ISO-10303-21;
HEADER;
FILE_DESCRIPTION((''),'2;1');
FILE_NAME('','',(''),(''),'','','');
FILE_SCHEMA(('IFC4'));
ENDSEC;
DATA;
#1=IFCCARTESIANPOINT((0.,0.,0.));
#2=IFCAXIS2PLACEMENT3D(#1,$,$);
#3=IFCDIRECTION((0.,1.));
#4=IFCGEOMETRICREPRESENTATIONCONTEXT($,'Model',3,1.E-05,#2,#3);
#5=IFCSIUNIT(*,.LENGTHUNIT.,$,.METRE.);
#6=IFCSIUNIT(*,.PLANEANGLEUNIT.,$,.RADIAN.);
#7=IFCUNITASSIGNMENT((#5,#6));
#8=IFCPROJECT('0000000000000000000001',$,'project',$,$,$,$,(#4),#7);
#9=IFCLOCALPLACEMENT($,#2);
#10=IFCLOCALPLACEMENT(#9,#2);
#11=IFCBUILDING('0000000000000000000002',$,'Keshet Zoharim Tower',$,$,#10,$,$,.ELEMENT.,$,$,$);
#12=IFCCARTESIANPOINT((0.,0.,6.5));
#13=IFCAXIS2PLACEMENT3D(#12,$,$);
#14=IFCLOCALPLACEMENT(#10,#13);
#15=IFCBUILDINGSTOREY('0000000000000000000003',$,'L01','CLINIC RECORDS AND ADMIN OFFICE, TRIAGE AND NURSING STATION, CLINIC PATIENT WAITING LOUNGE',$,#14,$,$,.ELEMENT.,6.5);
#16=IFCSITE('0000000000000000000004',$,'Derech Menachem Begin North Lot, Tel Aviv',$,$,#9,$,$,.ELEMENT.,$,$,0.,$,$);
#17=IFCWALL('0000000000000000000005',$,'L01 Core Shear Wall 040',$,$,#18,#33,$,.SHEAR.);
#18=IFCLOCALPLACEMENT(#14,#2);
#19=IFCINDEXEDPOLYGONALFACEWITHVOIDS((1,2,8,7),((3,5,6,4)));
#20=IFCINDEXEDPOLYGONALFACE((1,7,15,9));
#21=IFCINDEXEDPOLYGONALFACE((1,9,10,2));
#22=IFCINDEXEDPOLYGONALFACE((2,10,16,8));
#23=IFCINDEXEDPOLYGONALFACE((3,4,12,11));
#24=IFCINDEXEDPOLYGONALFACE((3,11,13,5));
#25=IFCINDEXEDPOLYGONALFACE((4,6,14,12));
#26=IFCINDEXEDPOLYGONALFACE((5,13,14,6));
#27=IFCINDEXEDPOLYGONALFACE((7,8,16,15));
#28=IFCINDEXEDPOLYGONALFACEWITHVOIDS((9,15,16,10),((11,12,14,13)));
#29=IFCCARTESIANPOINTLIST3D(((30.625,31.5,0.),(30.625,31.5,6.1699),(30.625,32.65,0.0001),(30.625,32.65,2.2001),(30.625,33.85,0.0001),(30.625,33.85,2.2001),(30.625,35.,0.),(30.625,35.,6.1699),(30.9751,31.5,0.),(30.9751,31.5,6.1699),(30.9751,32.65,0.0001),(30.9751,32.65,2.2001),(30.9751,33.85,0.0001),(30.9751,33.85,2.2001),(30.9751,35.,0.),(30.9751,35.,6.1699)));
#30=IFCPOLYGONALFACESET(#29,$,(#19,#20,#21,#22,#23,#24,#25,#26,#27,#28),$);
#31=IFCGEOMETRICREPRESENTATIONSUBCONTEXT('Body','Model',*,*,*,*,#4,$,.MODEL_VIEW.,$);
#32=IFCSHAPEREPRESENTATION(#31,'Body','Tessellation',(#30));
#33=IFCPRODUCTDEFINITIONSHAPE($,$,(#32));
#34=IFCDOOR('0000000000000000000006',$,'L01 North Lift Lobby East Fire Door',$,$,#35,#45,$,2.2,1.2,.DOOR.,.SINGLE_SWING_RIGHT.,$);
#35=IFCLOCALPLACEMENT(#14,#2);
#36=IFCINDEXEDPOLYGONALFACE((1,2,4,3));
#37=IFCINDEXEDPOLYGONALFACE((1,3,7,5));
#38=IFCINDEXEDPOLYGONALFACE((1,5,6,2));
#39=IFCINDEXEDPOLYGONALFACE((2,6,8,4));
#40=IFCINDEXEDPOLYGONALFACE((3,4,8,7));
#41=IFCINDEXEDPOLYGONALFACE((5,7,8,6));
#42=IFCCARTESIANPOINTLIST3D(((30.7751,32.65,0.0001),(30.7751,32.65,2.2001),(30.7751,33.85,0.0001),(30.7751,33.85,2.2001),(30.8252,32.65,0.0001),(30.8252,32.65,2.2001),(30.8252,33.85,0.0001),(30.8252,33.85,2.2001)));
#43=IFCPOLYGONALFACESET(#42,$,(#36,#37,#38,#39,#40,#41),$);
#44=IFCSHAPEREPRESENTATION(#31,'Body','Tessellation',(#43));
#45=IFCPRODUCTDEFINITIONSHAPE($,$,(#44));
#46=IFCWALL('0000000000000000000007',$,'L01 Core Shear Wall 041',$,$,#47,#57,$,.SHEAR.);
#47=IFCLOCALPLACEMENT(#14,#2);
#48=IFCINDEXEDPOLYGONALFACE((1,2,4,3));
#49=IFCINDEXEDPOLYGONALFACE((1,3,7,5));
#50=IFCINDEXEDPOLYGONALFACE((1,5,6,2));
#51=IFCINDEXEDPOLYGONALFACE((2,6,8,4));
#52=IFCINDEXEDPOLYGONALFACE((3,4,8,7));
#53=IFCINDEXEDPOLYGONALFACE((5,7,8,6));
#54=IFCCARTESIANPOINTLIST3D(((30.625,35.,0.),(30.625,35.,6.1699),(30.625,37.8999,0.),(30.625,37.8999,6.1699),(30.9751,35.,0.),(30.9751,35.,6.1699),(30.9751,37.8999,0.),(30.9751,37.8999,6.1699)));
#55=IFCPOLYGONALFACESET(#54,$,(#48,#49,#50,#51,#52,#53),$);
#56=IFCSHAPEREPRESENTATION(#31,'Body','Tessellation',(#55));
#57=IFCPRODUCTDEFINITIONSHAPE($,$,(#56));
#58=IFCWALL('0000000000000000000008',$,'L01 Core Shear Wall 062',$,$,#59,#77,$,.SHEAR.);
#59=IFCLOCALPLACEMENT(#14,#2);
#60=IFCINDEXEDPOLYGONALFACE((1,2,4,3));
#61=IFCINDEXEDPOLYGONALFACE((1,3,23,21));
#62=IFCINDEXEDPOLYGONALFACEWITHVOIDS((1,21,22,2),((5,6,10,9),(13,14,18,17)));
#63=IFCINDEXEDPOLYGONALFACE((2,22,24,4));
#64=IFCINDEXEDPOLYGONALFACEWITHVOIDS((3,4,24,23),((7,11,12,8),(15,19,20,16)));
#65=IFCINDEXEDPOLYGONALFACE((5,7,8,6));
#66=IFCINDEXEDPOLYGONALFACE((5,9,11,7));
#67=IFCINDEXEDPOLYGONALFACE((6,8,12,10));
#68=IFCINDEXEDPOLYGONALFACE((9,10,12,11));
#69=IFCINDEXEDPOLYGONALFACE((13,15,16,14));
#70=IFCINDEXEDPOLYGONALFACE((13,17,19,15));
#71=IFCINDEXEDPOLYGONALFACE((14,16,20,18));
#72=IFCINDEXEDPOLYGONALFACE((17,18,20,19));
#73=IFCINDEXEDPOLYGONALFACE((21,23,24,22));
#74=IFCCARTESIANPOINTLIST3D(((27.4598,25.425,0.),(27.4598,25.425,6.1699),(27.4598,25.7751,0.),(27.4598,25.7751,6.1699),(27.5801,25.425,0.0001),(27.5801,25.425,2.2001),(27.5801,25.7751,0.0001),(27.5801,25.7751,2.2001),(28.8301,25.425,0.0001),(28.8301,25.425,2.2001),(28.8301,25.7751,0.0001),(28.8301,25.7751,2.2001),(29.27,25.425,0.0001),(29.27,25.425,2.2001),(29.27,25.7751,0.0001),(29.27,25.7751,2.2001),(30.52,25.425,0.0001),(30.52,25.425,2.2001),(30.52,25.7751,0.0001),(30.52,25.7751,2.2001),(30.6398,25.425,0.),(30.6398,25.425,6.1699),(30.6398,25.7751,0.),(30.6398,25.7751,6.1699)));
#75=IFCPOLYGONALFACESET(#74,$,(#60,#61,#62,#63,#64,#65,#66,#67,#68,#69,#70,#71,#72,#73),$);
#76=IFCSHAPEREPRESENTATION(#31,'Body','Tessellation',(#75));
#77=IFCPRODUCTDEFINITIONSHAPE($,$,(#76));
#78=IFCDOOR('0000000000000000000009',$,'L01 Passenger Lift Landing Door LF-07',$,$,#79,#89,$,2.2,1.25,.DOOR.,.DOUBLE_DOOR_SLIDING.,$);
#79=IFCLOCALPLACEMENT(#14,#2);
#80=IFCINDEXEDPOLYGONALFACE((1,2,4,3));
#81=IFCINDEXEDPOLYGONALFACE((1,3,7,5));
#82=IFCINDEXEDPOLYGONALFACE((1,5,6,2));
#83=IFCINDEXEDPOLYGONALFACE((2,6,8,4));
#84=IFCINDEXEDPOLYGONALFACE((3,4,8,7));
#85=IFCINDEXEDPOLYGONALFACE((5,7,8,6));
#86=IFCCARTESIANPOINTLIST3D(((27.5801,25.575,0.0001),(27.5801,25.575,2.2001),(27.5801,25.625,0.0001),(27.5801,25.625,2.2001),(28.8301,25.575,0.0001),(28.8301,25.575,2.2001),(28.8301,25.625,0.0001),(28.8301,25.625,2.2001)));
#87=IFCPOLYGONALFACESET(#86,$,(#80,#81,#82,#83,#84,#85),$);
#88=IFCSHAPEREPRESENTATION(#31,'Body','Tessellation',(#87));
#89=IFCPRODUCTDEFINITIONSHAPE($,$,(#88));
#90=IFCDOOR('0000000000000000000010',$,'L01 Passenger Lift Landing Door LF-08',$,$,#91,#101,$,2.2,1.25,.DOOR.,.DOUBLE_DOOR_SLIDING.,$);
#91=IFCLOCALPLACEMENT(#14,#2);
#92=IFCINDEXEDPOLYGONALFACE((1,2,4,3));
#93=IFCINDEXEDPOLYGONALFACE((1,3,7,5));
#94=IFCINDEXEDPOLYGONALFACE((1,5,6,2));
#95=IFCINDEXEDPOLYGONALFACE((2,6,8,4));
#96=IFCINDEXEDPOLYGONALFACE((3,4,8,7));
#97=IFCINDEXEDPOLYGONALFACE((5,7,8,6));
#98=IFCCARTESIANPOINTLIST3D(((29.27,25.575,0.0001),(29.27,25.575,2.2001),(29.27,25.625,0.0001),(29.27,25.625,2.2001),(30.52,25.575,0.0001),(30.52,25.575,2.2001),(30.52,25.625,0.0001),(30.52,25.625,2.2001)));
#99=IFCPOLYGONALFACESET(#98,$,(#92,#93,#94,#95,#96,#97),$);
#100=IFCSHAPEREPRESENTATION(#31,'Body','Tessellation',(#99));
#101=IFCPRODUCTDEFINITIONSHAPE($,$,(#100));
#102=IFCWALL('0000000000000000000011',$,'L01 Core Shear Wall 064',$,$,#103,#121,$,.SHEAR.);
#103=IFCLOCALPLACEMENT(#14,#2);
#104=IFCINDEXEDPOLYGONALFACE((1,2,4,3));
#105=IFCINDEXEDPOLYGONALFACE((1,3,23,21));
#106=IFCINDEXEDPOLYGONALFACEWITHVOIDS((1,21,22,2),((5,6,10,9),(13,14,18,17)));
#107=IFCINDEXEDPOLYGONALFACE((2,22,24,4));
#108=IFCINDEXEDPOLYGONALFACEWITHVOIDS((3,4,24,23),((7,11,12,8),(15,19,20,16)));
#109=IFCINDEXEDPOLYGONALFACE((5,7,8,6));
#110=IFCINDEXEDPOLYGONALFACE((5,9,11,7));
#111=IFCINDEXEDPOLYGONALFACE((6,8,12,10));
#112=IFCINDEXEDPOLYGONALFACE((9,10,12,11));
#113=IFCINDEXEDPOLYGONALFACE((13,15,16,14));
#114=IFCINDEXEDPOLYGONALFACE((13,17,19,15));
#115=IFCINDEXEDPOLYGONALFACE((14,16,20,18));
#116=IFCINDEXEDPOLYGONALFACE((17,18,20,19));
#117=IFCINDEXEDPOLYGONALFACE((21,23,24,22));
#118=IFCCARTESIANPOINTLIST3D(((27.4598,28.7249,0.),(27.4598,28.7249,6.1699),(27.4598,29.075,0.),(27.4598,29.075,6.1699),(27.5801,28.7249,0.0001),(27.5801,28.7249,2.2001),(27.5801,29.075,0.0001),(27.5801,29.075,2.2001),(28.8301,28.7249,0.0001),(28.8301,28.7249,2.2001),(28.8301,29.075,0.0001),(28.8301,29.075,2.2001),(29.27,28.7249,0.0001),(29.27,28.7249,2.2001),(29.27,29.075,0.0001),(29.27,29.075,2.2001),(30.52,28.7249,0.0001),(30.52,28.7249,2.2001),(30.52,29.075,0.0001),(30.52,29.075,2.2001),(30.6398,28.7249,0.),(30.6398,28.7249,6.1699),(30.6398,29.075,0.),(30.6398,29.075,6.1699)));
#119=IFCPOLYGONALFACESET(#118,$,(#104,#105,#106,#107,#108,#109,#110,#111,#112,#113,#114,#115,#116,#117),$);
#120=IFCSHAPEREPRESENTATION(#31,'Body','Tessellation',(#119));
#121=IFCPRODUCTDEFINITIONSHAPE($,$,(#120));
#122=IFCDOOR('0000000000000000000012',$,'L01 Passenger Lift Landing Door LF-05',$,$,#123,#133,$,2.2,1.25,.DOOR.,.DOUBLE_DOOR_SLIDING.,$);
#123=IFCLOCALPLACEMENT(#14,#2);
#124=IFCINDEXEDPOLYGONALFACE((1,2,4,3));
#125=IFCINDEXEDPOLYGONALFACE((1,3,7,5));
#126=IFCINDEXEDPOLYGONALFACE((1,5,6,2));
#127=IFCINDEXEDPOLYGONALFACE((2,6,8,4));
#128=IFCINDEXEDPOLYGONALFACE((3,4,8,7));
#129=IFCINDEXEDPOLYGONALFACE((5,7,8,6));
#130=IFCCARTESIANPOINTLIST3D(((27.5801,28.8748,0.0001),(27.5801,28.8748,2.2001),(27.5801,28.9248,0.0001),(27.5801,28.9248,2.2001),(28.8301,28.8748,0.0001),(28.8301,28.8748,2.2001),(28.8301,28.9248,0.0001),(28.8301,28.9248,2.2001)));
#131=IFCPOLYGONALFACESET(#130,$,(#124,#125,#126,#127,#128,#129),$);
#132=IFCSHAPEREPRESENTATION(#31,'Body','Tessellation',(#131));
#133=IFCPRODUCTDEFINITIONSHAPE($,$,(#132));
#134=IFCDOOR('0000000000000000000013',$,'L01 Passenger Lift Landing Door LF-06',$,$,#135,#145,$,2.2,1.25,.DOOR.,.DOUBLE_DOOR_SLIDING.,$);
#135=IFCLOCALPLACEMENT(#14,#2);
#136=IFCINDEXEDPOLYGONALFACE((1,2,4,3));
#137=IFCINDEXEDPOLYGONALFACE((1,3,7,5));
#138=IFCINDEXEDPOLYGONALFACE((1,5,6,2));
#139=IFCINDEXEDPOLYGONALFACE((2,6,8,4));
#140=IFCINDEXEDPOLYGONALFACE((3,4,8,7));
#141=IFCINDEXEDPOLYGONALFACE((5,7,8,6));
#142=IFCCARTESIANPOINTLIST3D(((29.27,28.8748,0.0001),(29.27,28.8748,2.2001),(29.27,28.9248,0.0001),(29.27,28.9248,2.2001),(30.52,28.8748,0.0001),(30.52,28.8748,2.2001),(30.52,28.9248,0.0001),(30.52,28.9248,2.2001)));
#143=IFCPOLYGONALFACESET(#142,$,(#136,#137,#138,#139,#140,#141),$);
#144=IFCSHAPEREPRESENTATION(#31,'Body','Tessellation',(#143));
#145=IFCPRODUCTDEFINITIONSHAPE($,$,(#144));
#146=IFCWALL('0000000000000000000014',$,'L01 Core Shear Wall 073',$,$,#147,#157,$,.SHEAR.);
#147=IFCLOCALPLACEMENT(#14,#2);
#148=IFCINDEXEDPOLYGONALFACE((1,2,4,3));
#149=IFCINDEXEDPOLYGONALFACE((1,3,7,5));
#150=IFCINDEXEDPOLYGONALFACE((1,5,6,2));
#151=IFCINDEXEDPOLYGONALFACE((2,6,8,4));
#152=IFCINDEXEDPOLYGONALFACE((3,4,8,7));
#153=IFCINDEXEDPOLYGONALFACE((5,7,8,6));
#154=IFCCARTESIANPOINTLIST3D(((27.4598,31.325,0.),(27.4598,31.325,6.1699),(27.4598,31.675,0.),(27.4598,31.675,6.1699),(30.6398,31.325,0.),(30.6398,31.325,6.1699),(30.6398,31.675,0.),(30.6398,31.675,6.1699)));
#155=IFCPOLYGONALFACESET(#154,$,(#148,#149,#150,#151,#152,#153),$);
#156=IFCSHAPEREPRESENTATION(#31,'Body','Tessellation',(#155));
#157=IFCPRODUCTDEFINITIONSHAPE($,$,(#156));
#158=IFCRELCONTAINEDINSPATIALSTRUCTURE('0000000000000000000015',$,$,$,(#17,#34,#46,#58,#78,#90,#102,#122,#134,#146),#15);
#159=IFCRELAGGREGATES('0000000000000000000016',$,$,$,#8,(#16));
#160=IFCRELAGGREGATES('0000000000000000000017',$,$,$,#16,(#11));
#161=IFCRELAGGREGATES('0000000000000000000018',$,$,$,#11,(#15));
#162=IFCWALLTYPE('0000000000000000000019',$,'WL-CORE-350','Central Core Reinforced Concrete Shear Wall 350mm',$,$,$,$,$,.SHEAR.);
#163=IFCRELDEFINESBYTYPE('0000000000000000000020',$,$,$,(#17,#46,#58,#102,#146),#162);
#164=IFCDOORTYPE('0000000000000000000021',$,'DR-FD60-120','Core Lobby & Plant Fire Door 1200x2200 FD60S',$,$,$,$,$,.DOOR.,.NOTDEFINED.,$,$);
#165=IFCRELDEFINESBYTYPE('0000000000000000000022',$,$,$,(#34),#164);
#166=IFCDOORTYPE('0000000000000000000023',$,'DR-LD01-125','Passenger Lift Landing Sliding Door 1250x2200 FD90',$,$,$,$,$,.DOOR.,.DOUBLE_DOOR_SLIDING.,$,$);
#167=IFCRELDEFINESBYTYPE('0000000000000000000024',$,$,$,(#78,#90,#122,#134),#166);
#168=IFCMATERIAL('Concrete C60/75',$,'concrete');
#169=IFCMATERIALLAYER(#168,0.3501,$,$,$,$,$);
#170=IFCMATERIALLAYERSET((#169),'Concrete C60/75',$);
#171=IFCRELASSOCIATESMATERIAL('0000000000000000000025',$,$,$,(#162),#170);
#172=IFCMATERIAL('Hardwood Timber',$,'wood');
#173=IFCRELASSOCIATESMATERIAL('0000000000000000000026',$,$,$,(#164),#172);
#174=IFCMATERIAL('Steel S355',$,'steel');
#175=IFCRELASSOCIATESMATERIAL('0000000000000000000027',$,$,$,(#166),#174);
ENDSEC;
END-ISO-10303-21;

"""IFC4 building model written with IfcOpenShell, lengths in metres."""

from ifc_helpers import new_model, si_unit, direction, frame, frame_2d, origin, place, context, subcontext, project, spatial, rectangle, extrude, material, layer, layer_set, type_object, element, fill, save


model = new_model("IFC4")

# Units and contexts
model_context = context("Model", 3, precision=1e-05, world=origin(), true_north=direction((0.0, 1.0)))
body_context = subcontext(model_context, "Body", "Model", "MODEL_VIEW")
ifc_project = project(units=[si_unit("LENGTHUNIT", "METRE"), si_unit("PLANEANGLEUNIT", "RADIAN")], contexts=[model_context])

# Site, building, storey
site_placement = place(None, origin())
site = spatial("IfcSite", under=ifc_project, at=site_placement, Name="Derech Menachem Begin North Lot, Tel Aviv", CompositionType="ELEMENT", RefElevation=0.0)
building_placement = place(site_placement, origin())
building = spatial("IfcBuilding", under=site, at=building_placement, Name="Keshet Zoharim Tower", CompositionType="ELEMENT")
storey_placement = place(building_placement, frame((0.0, 0.0, 6.5)))
storey = spatial("IfcBuildingStorey", under=building, at=storey_placement, Name="L01", Description="CLINIC RECORDS AND ADMIN OFFICE, TRIAGE AND NURSING STATION, CLINIC PATIENT WAITING LOUNGE", CompositionType="ELEMENT", Elevation=6.5)

# Shared definitions
ifc_material_1 = material(Name="Concrete C60/75", Category="concrete")

# Shared definitions
ifc_material_2 = material(Name="Steel S355", Category="steel")

# Shared definitions
ifc_layer_1 = layer(ifc_material_1, 0.3501)
ifc_layer_set_1 = layer_set([ifc_layer_1], Name="Concrete C60/75")
wall_type_1 = type_object("IfcWallType", Name="WL-CORE-350", Description="Central Core Reinforced Concrete Shear Wall 350mm", PredefinedType="SHEAR", material=ifc_layer_set_1)
ifc_material_3 = material(Name="Hardwood Timber", Category="wood")
door_type_1 = type_object("IfcDoorType", Name="DR-FD60-120", Description="Core Lobby & Plant Fire Door 1200x2200 FD60S", OperationType="NOTDEFINED", PredefinedType="DOOR", material=ifc_material_3)

# Wall, opening, door
wall_1_placement = place(storey_placement, frame((30.8, 31.5, 0.0), z_axis=(0.0, 0.0, 1.0), x_axis=(0.0, 1.0, 0.0)))
wall_1 = element("IfcWall", 1, at=wall_1_placement, inside=storey, type_object=wall_type_1, Name="L01 Core Shear Wall 040", PredefinedType="SHEAR", context=body_context, shape_type="SweptSolid", body=[
    extrude(rectangle(XDim=3.5, YDim=0.3501, at=frame_2d((1.75, 0.0))), origin(), (0.0, 0.0, 1.0), 6.1699),
])
opening_1_placement = place(wall_1_placement, frame((1.1499, 0.0, 0.0)))
opening_1 = element("IfcOpeningElement", 2, at=opening_1_placement, cuts=wall_1, PredefinedType="OPENING", context=body_context, shape_type="SweptSolid", body=[
    extrude(rectangle(XDim=1.2, YDim=2.2, at=frame_2d((0.6001, 1.1001))), frame((0.0, 0.1851, 0.0), z_axis=(0.0, -1.0, 0.0), x_axis=(1.0, 0.0, 0.0)), (0.0, 0.0, 1.0), 0.3701),
])
door_1_placement = place(opening_1_placement, origin())
door_1 = element("IfcDoor", 3, at=door_1_placement, inside=storey, type_object=door_type_1, Name="L01 North Lift Lobby East Fire Door", OperationType="SINGLE_SWING_RIGHT", OverallHeight=2.2, OverallWidth=1.2, PredefinedType="DOOR", context=body_context, shape_type="SweptSolid", body=[
    extrude(rectangle(XDim=1.2, YDim=2.2, at=frame_2d((0.6001, 1.1001))), frame((0.0, 0.0249, 0.0), z_axis=(0.0, -1.0, 0.0), x_axis=(1.0, 0.0, 0.0)), (0.0, 0.0, 1.0), 0.05),
])
fill(opening_1, door_1)

# Wall
wall_2_placement = place(storey_placement, frame((30.8, 35.0, 0.0), z_axis=(0.0, 0.0, 1.0), x_axis=(0.0, 1.0, 0.0)))
element("IfcWall", 4, at=wall_2_placement, inside=storey, type_object=wall_type_1, Name="L01 Core Shear Wall 041", PredefinedType="SHEAR", context=body_context, shape_type="SweptSolid", body=[
    extrude(rectangle(XDim=2.8999, YDim=0.3501, at=frame_2d((1.45, 0.0))), origin(), (0.0, 0.0, 1.0), 6.1699),
])

# Walls, openings, doors
wall_3_placement = place(storey_placement, frame((27.46, 25.6001, 0.0), z_axis=(0.0, 0.0, 1.0), x_axis=(1.0, 0.0, 0.0)))
wall_3 = element("IfcWall", 5, at=wall_3_placement, inside=storey, type_object=wall_type_1, Name="L01 Core Shear Wall 062", PredefinedType="SHEAR", context=body_context, shape_type="SweptSolid", body=[
    extrude(rectangle(XDim=3.1799, YDim=0.3501, at=frame_2d((1.5898, 0.0))), origin(), (0.0, 0.0, 1.0), 6.1699),
])
opening_2_placement = place(wall_3_placement, frame((0.1201, 0.0, 0.0)))
opening_2 = element("IfcOpeningElement", 6, at=opening_2_placement, cuts=wall_3, PredefinedType="OPENING", context=body_context, shape_type="SweptSolid", body=[
    extrude(rectangle(XDim=1.25, YDim=2.2, at=frame_2d((0.625, 1.1001))), frame((0.0, 0.1851, 0.0), z_axis=(0.0, -1.0, 0.0), x_axis=(1.0, 0.0, 0.0)), (0.0, 0.0, 1.0), 0.3701),
])
opening_3_placement = place(wall_3_placement, frame((1.8101, 0.0, 0.0)))
opening_3 = element("IfcOpeningElement", 7, at=opening_3_placement, cuts=wall_3, PredefinedType="OPENING", context=body_context, shape_type="SweptSolid", body=[
    extrude(rectangle(XDim=1.25, YDim=2.2, at=frame_2d((0.625, 1.1001))), frame((0.0, 0.1851, 0.0), z_axis=(0.0, -1.0, 0.0), x_axis=(1.0, 0.0, 0.0)), (0.0, 0.0, 1.0), 0.3701),
])
door_type_2 = type_object("IfcDoorType", Name="DR-LD01-125", Description="Passenger Lift Landing Sliding Door 1250x2200 FD90", OperationType="DOUBLE_DOOR_SLIDING", PredefinedType="DOOR", material=ifc_material_2)
door_2_placement = place(opening_2_placement, origin())
door_2 = element("IfcDoor", 8, at=door_2_placement, inside=storey, type_object=door_type_2, Name="L01 Passenger Lift Landing Door LF-07", OperationType="DOUBLE_DOOR_SLIDING", OverallHeight=2.2, OverallWidth=1.25, PredefinedType="DOOR", context=body_context, shape_type="SweptSolid", body=[
    extrude(rectangle(XDim=1.25, YDim=2.2, at=frame_2d((0.625, 1.1001))), frame((0.0, 0.0249, 0.0), z_axis=(0.0, -1.0, 0.0), x_axis=(1.0, 0.0, 0.0)), (0.0, 0.0, 1.0), 0.05),
])
fill(opening_2, door_2)
door_3_placement = place(opening_3_placement, origin())
door_3 = element("IfcDoor", 9, at=door_3_placement, inside=storey, type_object=door_type_2, Name="L01 Passenger Lift Landing Door LF-08", OperationType="DOUBLE_DOOR_SLIDING", OverallHeight=2.2, OverallWidth=1.25, PredefinedType="DOOR", context=body_context, shape_type="SweptSolid", body=[
    extrude(rectangle(XDim=1.25, YDim=2.2, at=frame_2d((0.625, 1.1001))), frame((0.0, 0.0249, 0.0), z_axis=(0.0, -1.0, 0.0), x_axis=(1.0, 0.0, 0.0)), (0.0, 0.0, 1.0), 0.05),
])
fill(opening_3, door_3)
wall_4_placement = place(storey_placement, frame((27.46, 28.8999, 0.0), z_axis=(0.0, 0.0, 1.0), x_axis=(1.0, 0.0, 0.0)))
wall_4 = element("IfcWall", 10, at=wall_4_placement, inside=storey, type_object=wall_type_1, Name="L01 Core Shear Wall 064", PredefinedType="SHEAR", context=body_context, shape_type="SweptSolid", body=[
    extrude(rectangle(XDim=3.1799, YDim=0.3501, at=frame_2d((1.5898, 0.0))), origin(), (0.0, 0.0, 1.0), 6.1699),
])
opening_4_placement = place(wall_4_placement, frame((0.1201, 0.0, 0.0)))
opening_4 = element("IfcOpeningElement", 11, at=opening_4_placement, cuts=wall_4, PredefinedType="OPENING", context=body_context, shape_type="SweptSolid", body=[
    extrude(rectangle(XDim=1.25, YDim=2.2, at=frame_2d((0.625, 1.1001))), frame((0.0, 0.1851, 0.0), z_axis=(0.0, -1.0, 0.0), x_axis=(1.0, 0.0, 0.0)), (0.0, 0.0, 1.0), 0.3701),
])
opening_5_placement = place(wall_4_placement, frame((1.8101, 0.0, 0.0)))
opening_5 = element("IfcOpeningElement", 12, at=opening_5_placement, cuts=wall_4, PredefinedType="OPENING", context=body_context, shape_type="SweptSolid", body=[
    extrude(rectangle(XDim=1.25, YDim=2.2, at=frame_2d((0.625, 1.1001))), frame((0.0, 0.1851, 0.0), z_axis=(0.0, -1.0, 0.0), x_axis=(1.0, 0.0, 0.0)), (0.0, 0.0, 1.0), 0.3701),
])
door_4_placement = place(opening_4_placement, origin())
door_4 = element("IfcDoor", 13, at=door_4_placement, inside=storey, type_object=door_type_2, Name="L01 Passenger Lift Landing Door LF-05", OperationType="DOUBLE_DOOR_SLIDING", OverallHeight=2.2, OverallWidth=1.25, PredefinedType="DOOR", context=body_context, shape_type="SweptSolid", body=[
    extrude(rectangle(XDim=1.25, YDim=2.2, at=frame_2d((0.625, 1.1001))), frame((0.0, 0.0249, 0.0), z_axis=(0.0, -1.0, 0.0), x_axis=(1.0, 0.0, 0.0)), (0.0, 0.0, 1.0), 0.05),
])
fill(opening_4, door_4)
door_5_placement = place(opening_5_placement, origin())
door_5 = element("IfcDoor", 14, at=door_5_placement, inside=storey, type_object=door_type_2, Name="L01 Passenger Lift Landing Door LF-06", OperationType="DOUBLE_DOOR_SLIDING", OverallHeight=2.2, OverallWidth=1.25, PredefinedType="DOOR", context=body_context, shape_type="SweptSolid", body=[
    extrude(rectangle(XDim=1.25, YDim=2.2, at=frame_2d((0.625, 1.1001))), frame((0.0, 0.0249, 0.0), z_axis=(0.0, -1.0, 0.0), x_axis=(1.0, 0.0, 0.0)), (0.0, 0.0, 1.0), 0.05),
])
fill(opening_5, door_5)

# Wall
wall_5_placement = place(storey_placement, frame((27.46, 31.5, 0.0), z_axis=(0.0, 0.0, 1.0), x_axis=(1.0, 0.0, 0.0)))
element("IfcWall", 15, at=wall_5_placement, inside=storey, type_object=wall_type_1, Name="L01 Core Shear Wall 073", PredefinedType="SHEAR", context=body_context, shape_type="SweptSolid", body=[
    extrude(rectangle(XDim=3.1799, YDim=0.3501, at=frame_2d((1.5898, 0.0))), origin(), (0.0, 0.0, 1.0), 6.1699),
])

save(model, "model.ifc")
